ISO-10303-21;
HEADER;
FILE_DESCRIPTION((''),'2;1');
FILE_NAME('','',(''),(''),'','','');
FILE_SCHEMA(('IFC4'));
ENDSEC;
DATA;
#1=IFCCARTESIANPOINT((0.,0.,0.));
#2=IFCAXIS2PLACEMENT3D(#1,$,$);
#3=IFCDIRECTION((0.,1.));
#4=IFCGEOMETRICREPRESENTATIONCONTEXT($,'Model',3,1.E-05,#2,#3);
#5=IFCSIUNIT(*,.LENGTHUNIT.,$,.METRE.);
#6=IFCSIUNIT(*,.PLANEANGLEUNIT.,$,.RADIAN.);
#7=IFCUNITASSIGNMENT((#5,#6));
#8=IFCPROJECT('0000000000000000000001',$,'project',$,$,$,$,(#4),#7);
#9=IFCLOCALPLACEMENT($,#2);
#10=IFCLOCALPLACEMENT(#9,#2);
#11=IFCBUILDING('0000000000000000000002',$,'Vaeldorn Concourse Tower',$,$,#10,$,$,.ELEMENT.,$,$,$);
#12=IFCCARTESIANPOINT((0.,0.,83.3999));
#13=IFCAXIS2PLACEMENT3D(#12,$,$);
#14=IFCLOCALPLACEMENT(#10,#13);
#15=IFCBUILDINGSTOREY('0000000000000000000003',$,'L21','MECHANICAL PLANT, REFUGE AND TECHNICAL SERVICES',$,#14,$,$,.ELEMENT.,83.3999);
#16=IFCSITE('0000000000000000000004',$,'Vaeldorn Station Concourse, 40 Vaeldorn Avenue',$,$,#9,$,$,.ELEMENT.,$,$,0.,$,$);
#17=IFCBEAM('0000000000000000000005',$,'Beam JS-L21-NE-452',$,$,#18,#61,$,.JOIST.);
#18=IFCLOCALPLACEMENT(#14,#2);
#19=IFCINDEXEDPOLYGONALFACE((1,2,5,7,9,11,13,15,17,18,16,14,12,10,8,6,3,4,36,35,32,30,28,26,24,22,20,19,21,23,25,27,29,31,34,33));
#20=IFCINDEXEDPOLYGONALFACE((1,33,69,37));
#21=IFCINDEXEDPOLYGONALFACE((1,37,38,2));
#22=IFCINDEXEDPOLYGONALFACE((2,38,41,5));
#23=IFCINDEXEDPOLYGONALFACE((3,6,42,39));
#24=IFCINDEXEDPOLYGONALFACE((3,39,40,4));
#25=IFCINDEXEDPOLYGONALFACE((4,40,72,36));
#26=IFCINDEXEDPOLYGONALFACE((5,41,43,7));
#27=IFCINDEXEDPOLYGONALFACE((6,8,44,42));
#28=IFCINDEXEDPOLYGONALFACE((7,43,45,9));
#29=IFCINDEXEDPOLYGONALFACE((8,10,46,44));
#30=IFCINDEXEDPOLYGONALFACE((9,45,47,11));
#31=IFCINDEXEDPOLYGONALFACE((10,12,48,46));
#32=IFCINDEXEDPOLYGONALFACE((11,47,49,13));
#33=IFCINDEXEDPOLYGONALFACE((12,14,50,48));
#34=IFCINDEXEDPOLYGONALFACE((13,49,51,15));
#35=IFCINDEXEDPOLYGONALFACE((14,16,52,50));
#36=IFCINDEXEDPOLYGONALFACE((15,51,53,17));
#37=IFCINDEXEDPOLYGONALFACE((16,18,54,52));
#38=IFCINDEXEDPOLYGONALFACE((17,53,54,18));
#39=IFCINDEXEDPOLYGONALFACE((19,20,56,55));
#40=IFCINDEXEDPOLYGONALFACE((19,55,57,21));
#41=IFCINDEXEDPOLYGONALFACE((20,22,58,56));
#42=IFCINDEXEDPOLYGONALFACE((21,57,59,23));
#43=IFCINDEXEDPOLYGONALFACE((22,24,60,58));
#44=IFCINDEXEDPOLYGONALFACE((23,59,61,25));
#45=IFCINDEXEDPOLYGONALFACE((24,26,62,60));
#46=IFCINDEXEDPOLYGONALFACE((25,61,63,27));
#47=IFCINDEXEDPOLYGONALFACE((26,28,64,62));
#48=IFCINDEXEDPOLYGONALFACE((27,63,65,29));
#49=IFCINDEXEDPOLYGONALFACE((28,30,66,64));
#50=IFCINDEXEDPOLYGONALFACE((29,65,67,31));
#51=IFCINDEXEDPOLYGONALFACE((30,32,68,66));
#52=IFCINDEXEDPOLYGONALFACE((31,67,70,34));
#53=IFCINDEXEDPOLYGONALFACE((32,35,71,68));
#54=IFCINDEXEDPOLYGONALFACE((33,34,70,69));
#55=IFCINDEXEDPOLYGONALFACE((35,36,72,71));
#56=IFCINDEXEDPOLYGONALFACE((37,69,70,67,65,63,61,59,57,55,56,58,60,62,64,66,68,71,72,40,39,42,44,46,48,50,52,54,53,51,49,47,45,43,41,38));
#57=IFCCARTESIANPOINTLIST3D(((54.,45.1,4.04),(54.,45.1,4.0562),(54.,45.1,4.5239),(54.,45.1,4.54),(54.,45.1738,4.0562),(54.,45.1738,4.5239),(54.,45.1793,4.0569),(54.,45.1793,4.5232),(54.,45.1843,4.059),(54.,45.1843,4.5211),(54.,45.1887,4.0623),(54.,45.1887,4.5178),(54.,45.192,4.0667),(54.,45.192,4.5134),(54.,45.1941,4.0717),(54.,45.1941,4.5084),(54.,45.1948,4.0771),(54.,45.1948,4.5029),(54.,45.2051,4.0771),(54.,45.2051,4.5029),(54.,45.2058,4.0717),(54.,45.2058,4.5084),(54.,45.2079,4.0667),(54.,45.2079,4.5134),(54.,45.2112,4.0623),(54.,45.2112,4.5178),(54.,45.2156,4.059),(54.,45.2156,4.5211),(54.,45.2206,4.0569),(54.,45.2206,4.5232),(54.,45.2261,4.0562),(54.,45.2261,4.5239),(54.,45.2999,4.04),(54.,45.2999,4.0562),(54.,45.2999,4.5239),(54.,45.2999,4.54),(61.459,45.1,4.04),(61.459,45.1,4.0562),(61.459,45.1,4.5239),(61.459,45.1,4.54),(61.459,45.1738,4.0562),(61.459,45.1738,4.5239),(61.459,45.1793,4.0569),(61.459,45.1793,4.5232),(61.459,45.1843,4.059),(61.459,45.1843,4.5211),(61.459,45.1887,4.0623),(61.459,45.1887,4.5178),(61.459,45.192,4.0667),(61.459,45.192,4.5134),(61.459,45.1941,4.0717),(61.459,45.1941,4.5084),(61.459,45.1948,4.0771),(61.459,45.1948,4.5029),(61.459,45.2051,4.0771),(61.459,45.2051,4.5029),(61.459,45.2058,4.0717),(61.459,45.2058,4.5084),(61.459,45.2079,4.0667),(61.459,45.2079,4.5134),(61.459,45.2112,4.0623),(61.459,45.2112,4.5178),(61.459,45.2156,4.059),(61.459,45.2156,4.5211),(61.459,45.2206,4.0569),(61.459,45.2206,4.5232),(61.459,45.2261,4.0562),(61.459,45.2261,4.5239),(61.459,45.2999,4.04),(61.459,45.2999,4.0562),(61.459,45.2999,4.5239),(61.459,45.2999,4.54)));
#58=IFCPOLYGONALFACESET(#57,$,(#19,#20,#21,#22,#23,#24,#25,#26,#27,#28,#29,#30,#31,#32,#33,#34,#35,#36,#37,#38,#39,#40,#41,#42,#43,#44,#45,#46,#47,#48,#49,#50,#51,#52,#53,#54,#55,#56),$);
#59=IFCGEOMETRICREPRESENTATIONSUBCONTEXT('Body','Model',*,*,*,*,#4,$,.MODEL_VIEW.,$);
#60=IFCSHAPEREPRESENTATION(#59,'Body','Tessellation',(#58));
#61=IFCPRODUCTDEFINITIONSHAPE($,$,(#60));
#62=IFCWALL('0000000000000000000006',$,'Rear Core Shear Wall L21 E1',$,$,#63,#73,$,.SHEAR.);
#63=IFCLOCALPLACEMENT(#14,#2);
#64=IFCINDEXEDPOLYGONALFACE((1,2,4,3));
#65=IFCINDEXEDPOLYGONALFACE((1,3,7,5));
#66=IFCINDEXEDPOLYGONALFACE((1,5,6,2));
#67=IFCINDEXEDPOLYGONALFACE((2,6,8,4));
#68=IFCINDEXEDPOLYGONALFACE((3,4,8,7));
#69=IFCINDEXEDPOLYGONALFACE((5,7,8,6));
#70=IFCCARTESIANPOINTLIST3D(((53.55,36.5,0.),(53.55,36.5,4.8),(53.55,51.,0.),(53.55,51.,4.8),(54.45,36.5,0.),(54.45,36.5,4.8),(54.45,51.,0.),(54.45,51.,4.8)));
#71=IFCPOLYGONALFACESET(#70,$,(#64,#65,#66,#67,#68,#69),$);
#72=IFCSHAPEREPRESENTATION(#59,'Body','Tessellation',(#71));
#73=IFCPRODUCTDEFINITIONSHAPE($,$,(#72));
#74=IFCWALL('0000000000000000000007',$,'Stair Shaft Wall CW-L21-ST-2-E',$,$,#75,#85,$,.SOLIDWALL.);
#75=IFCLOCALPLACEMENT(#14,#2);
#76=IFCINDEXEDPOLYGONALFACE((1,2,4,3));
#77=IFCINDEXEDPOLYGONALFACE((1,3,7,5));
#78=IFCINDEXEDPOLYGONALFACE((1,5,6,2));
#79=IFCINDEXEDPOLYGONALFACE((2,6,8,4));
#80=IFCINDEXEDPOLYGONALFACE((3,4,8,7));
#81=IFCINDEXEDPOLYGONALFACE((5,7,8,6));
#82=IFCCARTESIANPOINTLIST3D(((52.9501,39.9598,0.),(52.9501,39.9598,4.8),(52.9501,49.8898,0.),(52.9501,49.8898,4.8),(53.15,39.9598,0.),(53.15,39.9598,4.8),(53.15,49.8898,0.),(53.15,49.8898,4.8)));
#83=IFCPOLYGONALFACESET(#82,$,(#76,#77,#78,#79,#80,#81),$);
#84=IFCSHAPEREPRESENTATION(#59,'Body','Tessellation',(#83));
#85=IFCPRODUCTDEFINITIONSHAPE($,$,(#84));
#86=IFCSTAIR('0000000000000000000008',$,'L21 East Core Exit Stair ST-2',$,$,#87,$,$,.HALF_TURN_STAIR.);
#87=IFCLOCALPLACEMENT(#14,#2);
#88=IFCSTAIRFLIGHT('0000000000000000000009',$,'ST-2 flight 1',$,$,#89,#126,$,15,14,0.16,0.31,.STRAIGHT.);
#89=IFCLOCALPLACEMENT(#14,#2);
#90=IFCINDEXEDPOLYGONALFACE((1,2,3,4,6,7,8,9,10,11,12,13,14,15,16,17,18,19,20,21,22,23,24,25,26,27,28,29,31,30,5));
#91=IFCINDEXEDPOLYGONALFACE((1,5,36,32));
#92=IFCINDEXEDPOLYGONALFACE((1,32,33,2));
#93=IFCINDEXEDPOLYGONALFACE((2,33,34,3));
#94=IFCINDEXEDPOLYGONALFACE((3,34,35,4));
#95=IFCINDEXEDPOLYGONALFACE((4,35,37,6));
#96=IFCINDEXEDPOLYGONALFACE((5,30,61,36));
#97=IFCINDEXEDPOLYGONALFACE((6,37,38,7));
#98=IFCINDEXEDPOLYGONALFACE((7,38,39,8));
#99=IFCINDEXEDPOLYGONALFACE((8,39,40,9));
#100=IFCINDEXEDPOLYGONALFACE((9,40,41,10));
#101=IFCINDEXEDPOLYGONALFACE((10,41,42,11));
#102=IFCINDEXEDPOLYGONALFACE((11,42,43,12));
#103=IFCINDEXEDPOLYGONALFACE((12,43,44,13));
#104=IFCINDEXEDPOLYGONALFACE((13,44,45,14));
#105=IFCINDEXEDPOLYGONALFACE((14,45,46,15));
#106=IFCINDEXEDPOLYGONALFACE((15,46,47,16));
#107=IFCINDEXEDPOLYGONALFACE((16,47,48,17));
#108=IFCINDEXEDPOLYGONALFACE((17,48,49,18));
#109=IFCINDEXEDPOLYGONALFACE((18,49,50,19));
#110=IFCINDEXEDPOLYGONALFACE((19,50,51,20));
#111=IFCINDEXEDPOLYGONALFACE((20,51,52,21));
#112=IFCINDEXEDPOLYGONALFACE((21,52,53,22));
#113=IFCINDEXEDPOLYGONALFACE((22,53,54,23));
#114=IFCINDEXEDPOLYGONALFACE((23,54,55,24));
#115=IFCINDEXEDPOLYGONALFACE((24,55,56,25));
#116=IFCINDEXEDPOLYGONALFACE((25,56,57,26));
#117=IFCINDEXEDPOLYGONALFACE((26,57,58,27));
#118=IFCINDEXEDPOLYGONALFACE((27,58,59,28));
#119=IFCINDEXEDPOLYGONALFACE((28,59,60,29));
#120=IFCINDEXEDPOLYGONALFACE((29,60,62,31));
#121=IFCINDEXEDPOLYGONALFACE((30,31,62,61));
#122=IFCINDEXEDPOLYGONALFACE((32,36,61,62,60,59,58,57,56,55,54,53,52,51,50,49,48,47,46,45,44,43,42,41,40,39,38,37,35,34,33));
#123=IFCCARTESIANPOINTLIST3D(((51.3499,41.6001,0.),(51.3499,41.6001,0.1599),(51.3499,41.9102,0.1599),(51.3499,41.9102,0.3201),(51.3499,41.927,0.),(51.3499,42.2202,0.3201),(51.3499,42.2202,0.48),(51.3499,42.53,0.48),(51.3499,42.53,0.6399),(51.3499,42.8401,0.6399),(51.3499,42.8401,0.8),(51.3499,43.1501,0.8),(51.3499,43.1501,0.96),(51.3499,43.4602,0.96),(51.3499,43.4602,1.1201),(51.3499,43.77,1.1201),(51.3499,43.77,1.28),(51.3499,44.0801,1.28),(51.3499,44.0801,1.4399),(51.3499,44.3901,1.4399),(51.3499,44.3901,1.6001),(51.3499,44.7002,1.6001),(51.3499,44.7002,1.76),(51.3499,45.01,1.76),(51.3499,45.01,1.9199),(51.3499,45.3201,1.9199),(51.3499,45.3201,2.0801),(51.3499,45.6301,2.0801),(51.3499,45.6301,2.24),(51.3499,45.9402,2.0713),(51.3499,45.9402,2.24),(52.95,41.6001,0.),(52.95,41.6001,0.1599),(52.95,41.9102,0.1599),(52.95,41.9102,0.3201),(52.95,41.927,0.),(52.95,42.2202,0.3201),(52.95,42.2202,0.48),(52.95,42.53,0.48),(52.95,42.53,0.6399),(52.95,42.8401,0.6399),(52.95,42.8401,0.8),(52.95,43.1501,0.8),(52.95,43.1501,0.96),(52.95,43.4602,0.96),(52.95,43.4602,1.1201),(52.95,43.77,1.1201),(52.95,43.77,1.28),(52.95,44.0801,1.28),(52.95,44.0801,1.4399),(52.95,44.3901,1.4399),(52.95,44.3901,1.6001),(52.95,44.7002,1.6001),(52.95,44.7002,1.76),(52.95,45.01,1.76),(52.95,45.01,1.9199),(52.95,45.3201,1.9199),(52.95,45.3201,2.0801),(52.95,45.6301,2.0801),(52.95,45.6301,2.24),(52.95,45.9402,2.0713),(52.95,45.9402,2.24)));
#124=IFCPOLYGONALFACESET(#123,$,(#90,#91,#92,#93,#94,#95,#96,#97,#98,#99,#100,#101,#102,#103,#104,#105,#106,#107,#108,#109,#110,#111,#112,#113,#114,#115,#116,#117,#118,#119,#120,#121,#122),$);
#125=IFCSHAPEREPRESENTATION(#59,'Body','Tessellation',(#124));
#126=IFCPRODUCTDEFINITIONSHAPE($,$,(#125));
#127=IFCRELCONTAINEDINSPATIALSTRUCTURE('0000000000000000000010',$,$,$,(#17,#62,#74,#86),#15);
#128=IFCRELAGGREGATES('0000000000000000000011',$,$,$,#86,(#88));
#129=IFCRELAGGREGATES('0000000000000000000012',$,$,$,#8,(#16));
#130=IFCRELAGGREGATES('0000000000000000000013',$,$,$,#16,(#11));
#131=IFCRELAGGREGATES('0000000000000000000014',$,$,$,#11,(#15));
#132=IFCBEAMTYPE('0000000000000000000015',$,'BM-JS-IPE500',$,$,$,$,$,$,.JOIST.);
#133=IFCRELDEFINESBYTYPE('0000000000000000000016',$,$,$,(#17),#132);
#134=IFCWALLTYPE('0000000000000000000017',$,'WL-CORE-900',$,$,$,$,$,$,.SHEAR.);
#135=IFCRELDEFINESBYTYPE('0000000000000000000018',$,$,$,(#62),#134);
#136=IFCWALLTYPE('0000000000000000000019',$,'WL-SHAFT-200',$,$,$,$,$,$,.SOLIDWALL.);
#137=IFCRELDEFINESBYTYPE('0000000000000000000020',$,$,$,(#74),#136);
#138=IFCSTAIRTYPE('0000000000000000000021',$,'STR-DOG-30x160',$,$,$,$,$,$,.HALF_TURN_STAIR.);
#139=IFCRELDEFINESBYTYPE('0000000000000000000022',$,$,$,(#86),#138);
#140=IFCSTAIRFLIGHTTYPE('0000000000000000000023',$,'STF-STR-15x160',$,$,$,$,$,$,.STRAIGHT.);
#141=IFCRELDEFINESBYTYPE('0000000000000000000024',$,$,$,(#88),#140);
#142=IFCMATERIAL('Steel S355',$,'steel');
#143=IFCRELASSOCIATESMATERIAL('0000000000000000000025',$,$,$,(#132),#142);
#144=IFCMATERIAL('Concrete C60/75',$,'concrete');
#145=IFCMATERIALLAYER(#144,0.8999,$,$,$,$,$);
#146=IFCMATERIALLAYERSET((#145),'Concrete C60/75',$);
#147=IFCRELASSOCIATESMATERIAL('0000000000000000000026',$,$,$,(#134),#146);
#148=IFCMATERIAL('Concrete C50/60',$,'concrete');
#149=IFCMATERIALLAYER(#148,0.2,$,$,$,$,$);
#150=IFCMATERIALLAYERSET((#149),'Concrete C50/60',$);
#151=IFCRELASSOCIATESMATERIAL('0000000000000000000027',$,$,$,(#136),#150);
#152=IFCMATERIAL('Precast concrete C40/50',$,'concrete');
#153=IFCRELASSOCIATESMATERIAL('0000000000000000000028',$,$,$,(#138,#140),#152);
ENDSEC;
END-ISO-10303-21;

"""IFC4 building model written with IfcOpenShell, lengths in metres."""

from ifc_helpers import new_model, si_unit, direction, frame, frame_2d, origin, origin_2d, place, context, subcontext, project, spatial, polyline, rectangle, i_section, outline, extrude, source, transform, mapped, material, layer, layer_set, material_profile, profile_set, type_object, element, aggregate, save


model = new_model("IFC4")

# Units and contexts
model_context = context("Model", 3, precision=1e-05, world=origin(), true_north=direction((0.0, 1.0)))
body_context = subcontext(model_context, "Body", "Model", "MODEL_VIEW")
ifc_project = project(units=[si_unit("LENGTHUNIT", "METRE"), si_unit("PLANEANGLEUNIT", "RADIAN")], contexts=[model_context])

# Site, building, storey
site_placement = place(None, origin())
site = spatial("IfcSite", under=ifc_project, at=site_placement, Name="Vaeldorn Station Concourse, 40 Vaeldorn Avenue", CompositionType="ELEMENT", RefElevation=0.0)
building_placement = place(site_placement, origin())
building = spatial("IfcBuilding", under=site, at=building_placement, Name="Vaeldorn Concourse Tower", CompositionType="ELEMENT")
storey_placement = place(building_placement, frame((0.0, 0.0, 83.3999)))
storey = spatial("IfcBuildingStorey", under=building, at=storey_placement, Name="L21", Description="MECHANICAL PLANT, REFUGE AND TECHNICAL SERVICES", CompositionType="ELEMENT", Elevation=83.3999)

# Shared definitions
ifc_material_1 = material(Name="Concrete C60/75", Category="concrete")

# Beam
ifc_material_2 = material(Name="Steel S355", Category="steel")
ifc_material_profile_1 = material_profile(ifc_material_2, i_section(OverallWidth=0.2, OverallDepth=0.5, WebThickness=0.0103, FlangeThickness=0.0161, FilletRadius=0.021, at=origin_2d()), Name="IPE 500")
ifc_profile_set_1 = profile_set([ifc_material_profile_1], Name="Steel S355")
beam_type_1 = type_object("IfcBeamType", Name="BM-JS-IPE500", PredefinedType="JOIST", material=ifc_profile_set_1)
shared_shape_1 = source(origin(), body_context, "Body", "SweptSolid", [
    extrude(i_section(OverallWidth=0.2, OverallDepth=0.5, WebThickness=0.0103, FlangeThickness=0.0161, FilletRadius=0.021, at=origin_2d()), origin(), (0.0, 0.0, 1.0), 7.459),
])
beam_1_placement = place(storey_placement, frame((54.0, 45.2, 4.29), z_axis=(1.0, 0.0, 0.0), x_axis=(0.0, 1.0, 0.0)))
element("IfcBeam", 1, at=beam_1_placement, inside=storey, type_object=beam_type_1, Name="Beam JS-L21-NE-452", PredefinedType="JOIST", context=body_context, shape_type="MappedRepresentation", body=[
    mapped(shared_shape_1, transform((0.0, 0.0, 0.0), scale=1.0)),
])

# Walls
ifc_layer_1 = layer(ifc_material_1, 0.8999)
ifc_layer_set_1 = layer_set([ifc_layer_1], Name="Concrete C60/75")
wall_type_1 = type_object("IfcWallType", Name="WL-CORE-900", PredefinedType="SHEAR", material=ifc_layer_set_1)
wall_1_placement = place(storey_placement, frame((54.0, 36.5, 0.0), z_axis=(0.0, 0.0, 1.0), x_axis=(0.0, 1.0, 0.0)))
element("IfcWall", 2, at=wall_1_placement, inside=storey, type_object=wall_type_1, Name="Rear Core Shear Wall L21 E1", PredefinedType="SHEAR", context=body_context, shape_type="SweptSolid", body=[
    extrude(rectangle(XDim=14.5, YDim=0.8999, at=frame_2d((7.25, 0.0))), origin(), (0.0, 0.0, 1.0), 4.8),
])
ifc_material_3 = material(Name="Concrete C50/60", Category="concrete")
ifc_layer_2 = layer(ifc_material_3, 0.2)
ifc_layer_set_2 = layer_set([ifc_layer_2], Name="Concrete C50/60")
wall_type_2 = type_object("IfcWallType", Name="WL-SHAFT-200", PredefinedType="SOLIDWALL", material=ifc_layer_set_2)
wall_2_placement = place(storey_placement, frame((53.05, 39.96, 0.0), z_axis=(0.0, 0.0, 1.0), x_axis=(0.0, 1.0, 0.0)))
element("IfcWall", 3, at=wall_2_placement, inside=storey, type_object=wall_type_2, Name="Stair Shaft Wall CW-L21-ST-2-E", PredefinedType="SOLIDWALL", context=body_context, shape_type="SweptSolid", body=[
    extrude(rectangle(XDim=9.9299, YDim=0.2, at=frame_2d((4.9648, 0.0))), origin(), (0.0, 0.0, 1.0), 4.8),
])

# Stair, stair flight
ifc_material_4 = material(Name="Precast concrete C40/50", Category="concrete")
stair_type = type_object("IfcStairType", Name="STR-DOG-30x160", PredefinedType="HALF_TURN_STAIR", material=ifc_material_4)
stair_placement = place(storey_placement, origin())
stair = element("IfcStair", 4, at=stair_placement, inside=storey, type_object=stair_type, Name="L21 East Core Exit Stair ST-2", PredefinedType="HALF_TURN_STAIR")
stair_flight_type = type_object("IfcStairFlightType", Name="STF-STR-15x160", PredefinedType="STRAIGHT", material=ifc_material_4)
stair_flight_placement = place(storey_placement, frame((52.1499, 41.6001, 0.0), z_axis=(0.0, 0.0, 1.0), x_axis=(0.0, 1.0, 0.0)))
stair_flight = element("IfcStairFlight", 5, at=stair_flight_placement, type_object=stair_flight_type, Name="ST-2 flight 1", NumberOfRisers=15, NumberOfTreads=14, PredefinedType="STRAIGHT", RiserHeight=0.16, TreadLength=0.31, context=body_context, shape_type="SweptSolid", body=[
    extrude(outline(polyline([(0.0, 0.0), (0.0, 0.1599), (0.3101, 0.1599), (0.3101, 0.3201), (0.6201, 0.3201), (0.6201, 0.48), (0.9299, 0.48), (0.9299, 0.6399), (1.24, 0.6399), (1.24, 0.8), (1.55, 0.8), (1.55, 0.96), (1.8601, 0.96), (1.8601, 1.1201), (2.1699, 1.1201), (2.1699, 1.28), (2.48, 1.28), (2.48, 1.4399), (2.79, 1.4399), (2.79, 1.6001), (3.1001, 1.6001), (3.1001, 1.76), (3.4099, 1.76), (3.4099, 1.9199), (3.72, 1.9199), (3.72, 2.0801), (4.03, 2.0801), (4.03, 2.24), (4.3401, 2.24), (4.3401, 2.3999), (4.3401, 2.0713), (0.3269, 0.0), (0.0, 0.0)])), frame((0.0, 0.8, 0.0), z_axis=(0.0, -1.0, 0.0), x_axis=(1.0, 0.0, 0.0)), (0.0, 0.0, 1.0), 1.6001),
])
aggregate(stair, [stair_flight])

save(model, "model.ifc")
